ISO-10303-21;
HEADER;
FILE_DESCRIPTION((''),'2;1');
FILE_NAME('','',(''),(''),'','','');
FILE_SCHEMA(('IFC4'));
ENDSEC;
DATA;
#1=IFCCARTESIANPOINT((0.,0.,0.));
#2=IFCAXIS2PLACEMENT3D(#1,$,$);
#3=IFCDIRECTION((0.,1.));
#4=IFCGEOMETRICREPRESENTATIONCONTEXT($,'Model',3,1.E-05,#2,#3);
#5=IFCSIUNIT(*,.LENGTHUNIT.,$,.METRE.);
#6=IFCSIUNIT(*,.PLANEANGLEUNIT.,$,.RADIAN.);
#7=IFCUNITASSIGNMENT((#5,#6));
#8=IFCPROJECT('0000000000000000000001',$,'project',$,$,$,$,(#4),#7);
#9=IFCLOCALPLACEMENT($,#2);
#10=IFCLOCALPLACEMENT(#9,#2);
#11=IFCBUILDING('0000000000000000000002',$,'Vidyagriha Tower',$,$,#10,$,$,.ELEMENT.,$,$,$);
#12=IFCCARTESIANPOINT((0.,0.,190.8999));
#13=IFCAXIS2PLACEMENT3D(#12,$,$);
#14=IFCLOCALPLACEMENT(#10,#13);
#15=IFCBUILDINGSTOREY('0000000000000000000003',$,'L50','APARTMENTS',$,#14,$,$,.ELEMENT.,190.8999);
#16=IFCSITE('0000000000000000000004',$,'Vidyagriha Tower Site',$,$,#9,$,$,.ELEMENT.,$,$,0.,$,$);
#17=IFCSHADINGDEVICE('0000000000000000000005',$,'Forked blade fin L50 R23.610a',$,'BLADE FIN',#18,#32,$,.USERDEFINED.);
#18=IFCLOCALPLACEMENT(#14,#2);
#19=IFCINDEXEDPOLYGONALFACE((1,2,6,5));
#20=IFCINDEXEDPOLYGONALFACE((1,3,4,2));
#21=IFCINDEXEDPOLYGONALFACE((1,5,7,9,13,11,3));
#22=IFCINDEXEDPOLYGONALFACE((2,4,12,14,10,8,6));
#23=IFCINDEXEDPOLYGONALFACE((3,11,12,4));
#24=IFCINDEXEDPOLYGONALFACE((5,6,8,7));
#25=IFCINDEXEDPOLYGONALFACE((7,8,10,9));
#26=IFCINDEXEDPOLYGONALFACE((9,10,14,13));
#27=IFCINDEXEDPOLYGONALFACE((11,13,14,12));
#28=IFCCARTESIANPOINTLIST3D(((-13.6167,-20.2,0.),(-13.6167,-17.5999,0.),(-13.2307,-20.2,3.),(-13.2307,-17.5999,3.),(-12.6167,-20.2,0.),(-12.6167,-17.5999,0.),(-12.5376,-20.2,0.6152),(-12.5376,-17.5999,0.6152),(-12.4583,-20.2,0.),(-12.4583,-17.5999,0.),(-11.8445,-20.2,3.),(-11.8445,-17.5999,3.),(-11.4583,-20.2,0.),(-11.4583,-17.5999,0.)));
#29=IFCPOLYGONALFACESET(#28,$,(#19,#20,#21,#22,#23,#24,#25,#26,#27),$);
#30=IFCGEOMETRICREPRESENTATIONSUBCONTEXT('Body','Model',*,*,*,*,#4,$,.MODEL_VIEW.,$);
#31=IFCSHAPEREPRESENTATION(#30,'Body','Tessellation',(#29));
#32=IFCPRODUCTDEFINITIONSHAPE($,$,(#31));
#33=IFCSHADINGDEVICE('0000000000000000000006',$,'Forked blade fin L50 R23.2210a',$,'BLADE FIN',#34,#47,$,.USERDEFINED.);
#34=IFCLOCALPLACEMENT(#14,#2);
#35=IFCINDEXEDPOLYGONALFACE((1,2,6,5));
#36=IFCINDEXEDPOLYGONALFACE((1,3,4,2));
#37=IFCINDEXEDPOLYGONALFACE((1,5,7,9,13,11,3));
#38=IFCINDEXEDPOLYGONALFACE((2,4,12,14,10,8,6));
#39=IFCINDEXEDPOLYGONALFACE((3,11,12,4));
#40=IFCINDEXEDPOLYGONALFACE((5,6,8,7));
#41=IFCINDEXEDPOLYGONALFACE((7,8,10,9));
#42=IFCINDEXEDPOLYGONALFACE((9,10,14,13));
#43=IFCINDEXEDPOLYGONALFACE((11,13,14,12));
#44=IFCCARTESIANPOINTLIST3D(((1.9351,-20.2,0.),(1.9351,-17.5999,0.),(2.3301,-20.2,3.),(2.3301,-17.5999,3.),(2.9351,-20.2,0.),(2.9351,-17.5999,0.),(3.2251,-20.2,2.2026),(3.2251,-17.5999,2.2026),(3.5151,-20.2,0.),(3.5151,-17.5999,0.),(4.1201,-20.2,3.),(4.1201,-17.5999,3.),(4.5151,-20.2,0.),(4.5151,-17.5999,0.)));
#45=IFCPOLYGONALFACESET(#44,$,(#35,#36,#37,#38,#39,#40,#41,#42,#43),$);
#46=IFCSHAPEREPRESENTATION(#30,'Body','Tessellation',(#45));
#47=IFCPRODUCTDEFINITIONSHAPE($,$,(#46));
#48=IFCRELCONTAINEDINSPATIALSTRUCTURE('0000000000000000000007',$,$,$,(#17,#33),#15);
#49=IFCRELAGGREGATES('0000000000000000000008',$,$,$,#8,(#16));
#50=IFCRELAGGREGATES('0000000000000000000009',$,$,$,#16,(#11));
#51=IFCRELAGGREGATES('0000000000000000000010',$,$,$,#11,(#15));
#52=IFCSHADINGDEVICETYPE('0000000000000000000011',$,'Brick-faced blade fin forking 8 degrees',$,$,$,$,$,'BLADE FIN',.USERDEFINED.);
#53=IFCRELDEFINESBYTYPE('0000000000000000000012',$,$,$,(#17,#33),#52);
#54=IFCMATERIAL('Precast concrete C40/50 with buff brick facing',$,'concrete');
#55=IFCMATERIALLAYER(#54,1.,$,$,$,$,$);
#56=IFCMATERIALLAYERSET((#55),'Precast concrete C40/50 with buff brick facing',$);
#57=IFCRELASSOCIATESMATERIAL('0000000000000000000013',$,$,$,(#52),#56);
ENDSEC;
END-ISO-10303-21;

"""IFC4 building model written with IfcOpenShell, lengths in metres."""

from ifc_helpers import new_model, si_unit, direction, frame, origin, place, context, subcontext, project, spatial, polyline, outline, extrude, material, layer, layer_set, type_object, element, save


model = new_model("IFC4")

# Units and contexts
model_context = context("Model", 3, precision=1e-05, world=origin(), true_north=direction((0.0, 1.0)))
body_context = subcontext(model_context, "Body", "Model", "MODEL_VIEW")
ifc_project = project(units=[si_unit("LENGTHUNIT", "METRE"), si_unit("PLANEANGLEUNIT", "RADIAN")], contexts=[model_context])

# Site, building, storey
site_placement = place(None, origin())
site = spatial("IfcSite", under=ifc_project, at=site_placement, Name="Vidyagriha Tower Site", CompositionType="ELEMENT", RefElevation=0.0)
building_placement = place(site_placement, origin())
building = spatial("IfcBuilding", under=site, at=building_placement, Name="Vidyagriha Tower", CompositionType="ELEMENT")
storey_placement = place(building_placement, frame((0.0, 0.0, 190.8999)))
storey = spatial("IfcBuildingStorey", under=building, at=storey_placement, Name="L50", Description="APARTMENTS", CompositionType="ELEMENT", Elevation=190.8999)

# Shading devices
ifc_material_1 = material(Name="Precast concrete C40/50 with buff brick facing", Category="concrete")
ifc_layer_1 = layer(ifc_material_1, 1.0)
ifc_layer_set_1 = layer_set([ifc_layer_1], Name="Precast concrete C40/50 with buff brick facing")
shading_device_type_1 = type_object("IfcShadingDeviceType", Name="Brick-faced blade fin forking 8 degrees", ElementType="BLADE FIN", PredefinedType="USERDEFINED", material=ifc_layer_set_1)
shading_device_1_placement = place(storey_placement, frame((-13.6167, -18.8999, 0.0)))
element("IfcShadingDevice", 1, at=shading_device_1_placement, inside=storey, type_object=shading_device_type_1, Name="Forked blade fin L50 R23.610a", ObjectType="BLADE FIN", PredefinedType="USERDEFINED", context=body_context, shape_type="SweptSolid", body=[
    extrude(outline(polyline([(1.0, 0.0), (1.0791, 0.6152), (1.1584, 0.0), (2.1584, 0.0), (1.7722, 3.0), (0.386, 3.0), (0.0, 0.0), (1.0, 0.0)])), frame((0.0, 1.3, 0.0), z_axis=(0.0, -1.0, 0.0), x_axis=(1.0, 0.0, 0.0)), (0.0, 0.0, 1.0), 2.6001),
])
shading_device_2_placement = place(storey_placement, frame((1.9351, -18.8999, 0.0)))
element("IfcShadingDevice", 2, at=shading_device_2_placement, inside=storey, type_object=shading_device_type_1, Name="Forked blade fin L50 R23.2210a", ObjectType="BLADE FIN", PredefinedType="USERDEFINED", context=body_context, shape_type="SweptSolid", body=[
    extrude(outline(polyline([(1.0, 0.0), (1.29, 2.2026), (1.5801, 0.0), (2.5801, 0.0), (2.1851, 3.0), (0.395, 3.0), (0.0, 0.0), (1.0, 0.0)])), frame((0.0, 1.3, 0.0), z_axis=(0.0, -1.0, 0.0), x_axis=(1.0, 0.0, 0.0)), (0.0, 0.0, 1.0), 2.6001),
])

save(model, "model.ifc")
